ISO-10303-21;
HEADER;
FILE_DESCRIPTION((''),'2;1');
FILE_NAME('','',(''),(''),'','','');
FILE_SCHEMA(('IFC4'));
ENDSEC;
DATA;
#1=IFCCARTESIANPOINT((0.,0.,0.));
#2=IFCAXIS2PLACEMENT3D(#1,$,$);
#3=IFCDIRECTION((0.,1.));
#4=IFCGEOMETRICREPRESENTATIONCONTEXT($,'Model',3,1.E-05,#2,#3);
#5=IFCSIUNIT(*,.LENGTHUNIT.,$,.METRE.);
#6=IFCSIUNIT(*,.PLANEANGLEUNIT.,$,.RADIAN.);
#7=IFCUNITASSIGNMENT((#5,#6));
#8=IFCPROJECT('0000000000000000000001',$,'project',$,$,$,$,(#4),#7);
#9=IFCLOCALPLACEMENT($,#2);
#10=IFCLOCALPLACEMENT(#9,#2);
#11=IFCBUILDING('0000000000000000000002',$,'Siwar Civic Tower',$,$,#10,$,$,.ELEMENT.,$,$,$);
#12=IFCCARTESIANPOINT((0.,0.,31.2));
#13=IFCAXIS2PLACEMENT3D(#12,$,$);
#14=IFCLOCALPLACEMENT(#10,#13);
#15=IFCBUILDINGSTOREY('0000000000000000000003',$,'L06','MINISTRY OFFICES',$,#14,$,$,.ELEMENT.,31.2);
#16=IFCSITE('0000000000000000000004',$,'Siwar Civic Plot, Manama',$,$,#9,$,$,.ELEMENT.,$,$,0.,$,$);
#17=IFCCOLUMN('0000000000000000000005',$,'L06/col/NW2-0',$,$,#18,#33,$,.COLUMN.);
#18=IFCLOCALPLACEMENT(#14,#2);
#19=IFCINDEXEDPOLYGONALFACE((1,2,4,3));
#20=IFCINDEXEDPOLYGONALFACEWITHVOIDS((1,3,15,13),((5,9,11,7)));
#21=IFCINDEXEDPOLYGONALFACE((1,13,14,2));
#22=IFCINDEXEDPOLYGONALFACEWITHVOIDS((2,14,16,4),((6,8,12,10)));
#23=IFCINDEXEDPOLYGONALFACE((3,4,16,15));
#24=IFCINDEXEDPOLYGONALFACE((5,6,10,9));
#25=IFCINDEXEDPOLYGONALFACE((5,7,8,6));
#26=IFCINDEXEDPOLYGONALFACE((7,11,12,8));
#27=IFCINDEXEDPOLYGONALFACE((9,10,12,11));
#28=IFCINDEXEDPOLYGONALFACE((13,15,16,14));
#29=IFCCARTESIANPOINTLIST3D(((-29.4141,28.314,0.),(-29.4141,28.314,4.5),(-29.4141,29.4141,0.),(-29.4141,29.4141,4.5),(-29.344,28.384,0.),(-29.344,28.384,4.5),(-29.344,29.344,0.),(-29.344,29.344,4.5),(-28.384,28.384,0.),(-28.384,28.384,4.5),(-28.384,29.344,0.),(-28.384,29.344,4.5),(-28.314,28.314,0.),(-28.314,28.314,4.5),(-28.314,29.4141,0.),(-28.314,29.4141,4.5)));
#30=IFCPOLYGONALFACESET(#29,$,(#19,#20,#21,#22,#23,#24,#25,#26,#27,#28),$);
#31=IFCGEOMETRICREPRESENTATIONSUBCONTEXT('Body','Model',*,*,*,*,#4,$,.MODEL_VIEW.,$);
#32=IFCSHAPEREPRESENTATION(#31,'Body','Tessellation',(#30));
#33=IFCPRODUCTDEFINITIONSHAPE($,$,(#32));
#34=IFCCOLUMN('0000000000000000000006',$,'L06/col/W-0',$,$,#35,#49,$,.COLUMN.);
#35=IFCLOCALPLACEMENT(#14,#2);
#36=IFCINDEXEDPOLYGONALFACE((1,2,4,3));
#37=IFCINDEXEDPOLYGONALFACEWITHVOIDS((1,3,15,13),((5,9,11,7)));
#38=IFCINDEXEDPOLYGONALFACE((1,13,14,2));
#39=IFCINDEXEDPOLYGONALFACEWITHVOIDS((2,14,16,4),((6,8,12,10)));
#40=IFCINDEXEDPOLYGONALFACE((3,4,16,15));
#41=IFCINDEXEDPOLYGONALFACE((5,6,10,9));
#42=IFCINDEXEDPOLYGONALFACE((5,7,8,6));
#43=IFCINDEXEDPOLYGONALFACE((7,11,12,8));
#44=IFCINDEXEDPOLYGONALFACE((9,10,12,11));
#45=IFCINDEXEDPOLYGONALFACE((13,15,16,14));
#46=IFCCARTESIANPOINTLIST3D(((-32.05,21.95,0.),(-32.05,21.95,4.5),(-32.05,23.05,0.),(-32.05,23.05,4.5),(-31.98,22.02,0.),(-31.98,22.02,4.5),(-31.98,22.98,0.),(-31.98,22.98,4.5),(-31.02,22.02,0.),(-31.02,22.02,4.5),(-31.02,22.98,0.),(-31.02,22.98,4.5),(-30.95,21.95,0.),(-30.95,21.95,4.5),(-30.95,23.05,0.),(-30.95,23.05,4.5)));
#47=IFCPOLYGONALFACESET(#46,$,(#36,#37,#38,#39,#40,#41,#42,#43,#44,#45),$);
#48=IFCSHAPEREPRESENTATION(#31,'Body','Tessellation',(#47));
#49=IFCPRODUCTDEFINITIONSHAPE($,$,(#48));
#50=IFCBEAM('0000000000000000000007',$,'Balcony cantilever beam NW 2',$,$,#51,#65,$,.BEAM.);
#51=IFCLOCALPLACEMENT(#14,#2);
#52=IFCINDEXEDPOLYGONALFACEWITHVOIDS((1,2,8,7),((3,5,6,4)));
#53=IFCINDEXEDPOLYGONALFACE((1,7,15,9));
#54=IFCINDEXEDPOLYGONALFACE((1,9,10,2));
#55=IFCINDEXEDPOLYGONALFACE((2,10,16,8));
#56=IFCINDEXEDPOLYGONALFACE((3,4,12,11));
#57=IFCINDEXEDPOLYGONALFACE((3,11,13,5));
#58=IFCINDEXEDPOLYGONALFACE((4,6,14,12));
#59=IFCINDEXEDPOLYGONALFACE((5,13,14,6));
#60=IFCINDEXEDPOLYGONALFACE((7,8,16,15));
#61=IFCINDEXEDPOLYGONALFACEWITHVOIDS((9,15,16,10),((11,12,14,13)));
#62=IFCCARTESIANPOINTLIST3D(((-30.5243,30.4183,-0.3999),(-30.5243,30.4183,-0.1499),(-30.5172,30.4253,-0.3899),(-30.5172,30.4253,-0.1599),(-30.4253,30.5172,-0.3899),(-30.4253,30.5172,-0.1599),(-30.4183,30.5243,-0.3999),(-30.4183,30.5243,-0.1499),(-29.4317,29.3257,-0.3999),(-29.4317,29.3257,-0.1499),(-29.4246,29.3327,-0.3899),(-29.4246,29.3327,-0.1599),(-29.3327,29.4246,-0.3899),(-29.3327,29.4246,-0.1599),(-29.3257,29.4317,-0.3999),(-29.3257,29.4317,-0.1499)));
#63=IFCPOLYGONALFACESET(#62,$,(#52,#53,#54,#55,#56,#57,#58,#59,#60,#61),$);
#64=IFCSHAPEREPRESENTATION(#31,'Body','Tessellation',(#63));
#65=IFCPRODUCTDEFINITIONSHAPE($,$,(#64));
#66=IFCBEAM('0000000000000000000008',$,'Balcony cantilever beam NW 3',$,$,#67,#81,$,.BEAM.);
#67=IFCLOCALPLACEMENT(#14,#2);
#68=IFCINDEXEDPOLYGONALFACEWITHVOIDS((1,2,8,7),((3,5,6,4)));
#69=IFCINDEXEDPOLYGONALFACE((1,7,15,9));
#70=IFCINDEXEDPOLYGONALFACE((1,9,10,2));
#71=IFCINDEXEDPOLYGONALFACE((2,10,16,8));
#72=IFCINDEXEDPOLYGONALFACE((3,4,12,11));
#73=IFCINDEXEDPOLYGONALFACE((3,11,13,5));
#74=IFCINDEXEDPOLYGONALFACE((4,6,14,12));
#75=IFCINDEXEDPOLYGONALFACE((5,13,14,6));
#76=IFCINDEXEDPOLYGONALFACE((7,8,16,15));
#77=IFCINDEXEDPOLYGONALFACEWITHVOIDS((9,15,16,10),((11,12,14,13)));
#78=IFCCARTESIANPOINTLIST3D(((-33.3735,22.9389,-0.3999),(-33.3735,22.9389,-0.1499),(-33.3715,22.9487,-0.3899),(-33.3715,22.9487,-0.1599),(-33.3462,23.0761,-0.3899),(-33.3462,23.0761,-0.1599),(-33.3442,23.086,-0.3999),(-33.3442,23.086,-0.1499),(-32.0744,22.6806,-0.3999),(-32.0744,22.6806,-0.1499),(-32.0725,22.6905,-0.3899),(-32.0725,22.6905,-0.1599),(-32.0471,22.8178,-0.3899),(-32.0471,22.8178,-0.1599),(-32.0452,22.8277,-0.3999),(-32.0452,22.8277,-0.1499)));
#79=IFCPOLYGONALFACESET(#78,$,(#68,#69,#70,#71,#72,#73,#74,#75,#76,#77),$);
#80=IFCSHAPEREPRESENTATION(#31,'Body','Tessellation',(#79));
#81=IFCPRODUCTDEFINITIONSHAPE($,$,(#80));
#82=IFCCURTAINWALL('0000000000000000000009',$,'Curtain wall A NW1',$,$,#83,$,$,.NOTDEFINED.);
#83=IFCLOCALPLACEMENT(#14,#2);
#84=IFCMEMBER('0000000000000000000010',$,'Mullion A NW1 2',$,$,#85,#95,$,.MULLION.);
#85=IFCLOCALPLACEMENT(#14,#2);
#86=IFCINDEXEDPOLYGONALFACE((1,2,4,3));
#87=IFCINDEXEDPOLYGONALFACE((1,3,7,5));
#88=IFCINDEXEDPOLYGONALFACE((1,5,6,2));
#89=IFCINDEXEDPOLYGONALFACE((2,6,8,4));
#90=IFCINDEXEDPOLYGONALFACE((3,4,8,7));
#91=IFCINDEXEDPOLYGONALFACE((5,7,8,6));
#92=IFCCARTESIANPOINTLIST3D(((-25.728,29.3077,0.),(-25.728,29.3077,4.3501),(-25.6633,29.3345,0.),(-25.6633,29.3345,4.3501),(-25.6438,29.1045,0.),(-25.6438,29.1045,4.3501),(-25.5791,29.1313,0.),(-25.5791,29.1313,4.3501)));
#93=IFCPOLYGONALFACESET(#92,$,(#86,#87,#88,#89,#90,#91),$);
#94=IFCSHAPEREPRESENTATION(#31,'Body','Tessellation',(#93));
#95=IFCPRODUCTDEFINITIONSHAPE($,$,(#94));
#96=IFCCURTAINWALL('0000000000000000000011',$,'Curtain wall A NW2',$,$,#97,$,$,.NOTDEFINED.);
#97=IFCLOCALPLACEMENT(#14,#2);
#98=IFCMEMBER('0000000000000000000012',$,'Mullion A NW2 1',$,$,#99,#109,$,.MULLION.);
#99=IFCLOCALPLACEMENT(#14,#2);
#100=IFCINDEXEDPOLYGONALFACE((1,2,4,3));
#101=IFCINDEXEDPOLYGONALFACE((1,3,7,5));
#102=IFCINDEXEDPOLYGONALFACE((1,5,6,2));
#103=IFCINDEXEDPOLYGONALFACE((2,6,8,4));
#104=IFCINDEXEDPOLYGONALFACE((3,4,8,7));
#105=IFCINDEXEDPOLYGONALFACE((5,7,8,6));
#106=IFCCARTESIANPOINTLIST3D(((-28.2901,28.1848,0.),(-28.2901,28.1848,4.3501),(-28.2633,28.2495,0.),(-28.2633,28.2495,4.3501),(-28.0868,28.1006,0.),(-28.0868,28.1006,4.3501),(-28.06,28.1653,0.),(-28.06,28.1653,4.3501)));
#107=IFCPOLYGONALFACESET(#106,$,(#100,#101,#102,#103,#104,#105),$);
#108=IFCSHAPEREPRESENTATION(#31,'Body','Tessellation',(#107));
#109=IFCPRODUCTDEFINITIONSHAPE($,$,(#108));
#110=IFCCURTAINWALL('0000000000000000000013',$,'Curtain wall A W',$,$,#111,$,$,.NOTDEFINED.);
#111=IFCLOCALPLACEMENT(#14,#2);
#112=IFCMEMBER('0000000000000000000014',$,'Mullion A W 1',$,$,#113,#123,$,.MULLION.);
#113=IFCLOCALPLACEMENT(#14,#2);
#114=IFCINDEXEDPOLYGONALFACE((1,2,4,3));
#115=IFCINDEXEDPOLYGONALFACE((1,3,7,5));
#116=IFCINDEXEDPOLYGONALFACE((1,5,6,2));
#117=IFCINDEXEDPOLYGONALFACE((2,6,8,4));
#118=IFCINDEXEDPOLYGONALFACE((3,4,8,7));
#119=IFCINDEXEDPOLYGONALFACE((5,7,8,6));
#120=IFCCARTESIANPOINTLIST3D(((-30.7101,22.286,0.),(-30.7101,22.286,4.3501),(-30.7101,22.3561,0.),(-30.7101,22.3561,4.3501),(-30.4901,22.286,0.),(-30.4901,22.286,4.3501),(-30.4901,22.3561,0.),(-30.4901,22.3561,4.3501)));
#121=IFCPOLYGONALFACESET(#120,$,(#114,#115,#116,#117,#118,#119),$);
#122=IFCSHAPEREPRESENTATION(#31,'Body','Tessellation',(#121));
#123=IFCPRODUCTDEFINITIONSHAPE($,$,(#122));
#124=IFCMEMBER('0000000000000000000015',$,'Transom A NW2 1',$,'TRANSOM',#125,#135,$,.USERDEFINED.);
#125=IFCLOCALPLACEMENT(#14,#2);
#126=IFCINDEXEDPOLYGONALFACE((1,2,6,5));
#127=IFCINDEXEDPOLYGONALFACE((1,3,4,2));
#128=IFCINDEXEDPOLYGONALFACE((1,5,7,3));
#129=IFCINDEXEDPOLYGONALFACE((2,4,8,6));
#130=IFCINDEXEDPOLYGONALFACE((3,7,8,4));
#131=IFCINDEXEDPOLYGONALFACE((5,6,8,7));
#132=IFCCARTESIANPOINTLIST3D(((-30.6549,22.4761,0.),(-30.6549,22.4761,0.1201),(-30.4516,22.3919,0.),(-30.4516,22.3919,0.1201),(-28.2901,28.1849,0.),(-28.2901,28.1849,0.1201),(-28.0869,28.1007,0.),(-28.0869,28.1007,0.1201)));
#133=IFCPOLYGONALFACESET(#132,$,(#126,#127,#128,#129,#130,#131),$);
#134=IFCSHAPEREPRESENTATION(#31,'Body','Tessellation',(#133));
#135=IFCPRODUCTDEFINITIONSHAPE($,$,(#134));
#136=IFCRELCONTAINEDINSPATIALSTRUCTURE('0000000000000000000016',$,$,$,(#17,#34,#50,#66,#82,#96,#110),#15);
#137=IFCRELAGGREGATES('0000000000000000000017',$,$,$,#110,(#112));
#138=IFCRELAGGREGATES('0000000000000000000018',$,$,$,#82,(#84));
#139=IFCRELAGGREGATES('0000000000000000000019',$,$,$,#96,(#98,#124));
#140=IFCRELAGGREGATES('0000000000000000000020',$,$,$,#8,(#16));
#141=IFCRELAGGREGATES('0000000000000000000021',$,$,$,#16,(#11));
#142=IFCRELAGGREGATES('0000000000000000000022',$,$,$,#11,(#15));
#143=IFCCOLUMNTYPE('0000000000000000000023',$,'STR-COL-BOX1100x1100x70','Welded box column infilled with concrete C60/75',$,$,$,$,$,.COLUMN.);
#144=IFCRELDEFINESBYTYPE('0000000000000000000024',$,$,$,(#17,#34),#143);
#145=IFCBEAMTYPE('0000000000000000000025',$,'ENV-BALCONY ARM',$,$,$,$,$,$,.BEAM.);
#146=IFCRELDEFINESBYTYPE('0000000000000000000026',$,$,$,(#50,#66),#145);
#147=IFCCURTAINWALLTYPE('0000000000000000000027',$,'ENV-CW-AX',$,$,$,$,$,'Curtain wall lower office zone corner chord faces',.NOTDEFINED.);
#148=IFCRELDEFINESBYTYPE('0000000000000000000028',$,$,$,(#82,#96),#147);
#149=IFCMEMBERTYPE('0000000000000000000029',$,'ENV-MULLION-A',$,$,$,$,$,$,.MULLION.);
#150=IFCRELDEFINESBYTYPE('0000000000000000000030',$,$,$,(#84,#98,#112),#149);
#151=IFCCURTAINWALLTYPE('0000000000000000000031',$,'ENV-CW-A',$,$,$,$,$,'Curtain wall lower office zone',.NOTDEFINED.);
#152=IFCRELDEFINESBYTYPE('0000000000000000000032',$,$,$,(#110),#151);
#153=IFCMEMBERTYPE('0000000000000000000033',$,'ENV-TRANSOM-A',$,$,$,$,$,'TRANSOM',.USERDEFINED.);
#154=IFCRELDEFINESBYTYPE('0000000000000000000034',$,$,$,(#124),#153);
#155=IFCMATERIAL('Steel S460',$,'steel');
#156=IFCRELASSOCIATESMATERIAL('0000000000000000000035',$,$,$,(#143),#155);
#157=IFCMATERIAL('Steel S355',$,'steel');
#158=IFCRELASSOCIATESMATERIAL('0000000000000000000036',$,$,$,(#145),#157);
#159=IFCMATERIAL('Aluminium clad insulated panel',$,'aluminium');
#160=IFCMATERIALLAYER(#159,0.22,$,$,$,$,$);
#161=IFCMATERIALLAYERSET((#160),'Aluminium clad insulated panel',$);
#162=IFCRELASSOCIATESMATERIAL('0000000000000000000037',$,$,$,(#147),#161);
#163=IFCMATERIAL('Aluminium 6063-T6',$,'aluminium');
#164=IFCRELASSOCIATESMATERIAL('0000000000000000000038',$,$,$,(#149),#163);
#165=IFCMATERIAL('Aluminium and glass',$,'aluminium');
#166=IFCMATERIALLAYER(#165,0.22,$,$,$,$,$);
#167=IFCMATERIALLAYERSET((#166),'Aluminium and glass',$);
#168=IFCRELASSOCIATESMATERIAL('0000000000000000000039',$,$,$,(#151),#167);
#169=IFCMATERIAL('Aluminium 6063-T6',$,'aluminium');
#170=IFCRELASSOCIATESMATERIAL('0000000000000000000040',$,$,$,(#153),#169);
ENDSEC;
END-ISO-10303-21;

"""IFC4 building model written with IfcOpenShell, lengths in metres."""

from ifc_helpers import new_model, si_unit, direction, frame, origin, origin_2d, place, context, subcontext, project, spatial, rectangle, hollow_rectangle, extrude, material, layer, layer_set, material_profile, profile_set, type_object, element, aggregate, save


model = new_model("IFC4")

# Units and contexts
model_context = context("Model", 3, precision=1e-05, world=origin(), true_north=direction((0.0, 1.0)))
body_context = subcontext(model_context, "Body", "Model", "MODEL_VIEW")
ifc_project = project(units=[si_unit("LENGTHUNIT", "METRE"), si_unit("PLANEANGLEUNIT", "RADIAN")], contexts=[model_context])

# Site, building, storey
site_placement = place(None, origin())
site = spatial("IfcSite", under=ifc_project, at=site_placement, Name="Siwar Civic Plot, Manama", CompositionType="ELEMENT", RefElevation=0.0)
building_placement = place(site_placement, origin())
building = spatial("IfcBuilding", under=site, at=building_placement, Name="Siwar Civic Tower", CompositionType="ELEMENT")
storey_placement = place(building_placement, frame((0.0, 0.0, 31.2)))
storey = spatial("IfcBuildingStorey", under=building, at=storey_placement, Name="L06", Description="MINISTRY OFFICES", CompositionType="ELEMENT", Elevation=31.2)

# Columns
ifc_material_1 = material(Name="Steel S460", Category="steel")
ifc_material_profile_1 = material_profile(ifc_material_1, hollow_rectangle(XDim=1.1001, YDim=1.1001, WallThickness=0.0701, at=origin_2d()), Name="BOX1100x1100x70")
ifc_profile_set_1 = profile_set([ifc_material_profile_1], Name="Steel S460")
column_type = type_object("IfcColumnType", Name="STR-COL-BOX1100x1100x70", Description="Welded box column infilled with concrete C60/75", PredefinedType="COLUMN", material=ifc_profile_set_1)
for number, where, z_axis, x_axis, name in (
    (1, (-28.864, 28.864, 0.0), (0.0, 0.0, 1.0), (1.0, 0.0, 0.0), "L06/col/NW2-0"),
    (2, (-31.5, 22.5, 0.0), (0.0, 0.0, 1.0), (1.0, 0.0, 0.0), "L06/col/W-0"),
):
    element("IfcColumn", number, at=place(storey_placement, frame(where, z_axis=z_axis, x_axis=x_axis)), inside=storey, type_object=column_type, Name=name, PredefinedType="COLUMN", context=body_context, shape_type="SweptSolid", body=[
        extrude(hollow_rectangle(XDim=1.1001, YDim=1.1001, WallThickness=0.0701, at=origin_2d()), origin(), (0.0, 0.0, 1.0), 4.5),
    ])

# Beams
ifc_material_2 = material(Name="Steel S355", Category="steel")
ifc_material_profile_2 = material_profile(ifc_material_2, hollow_rectangle(XDim=0.1499, YDim=0.25, WallThickness=0.01, at=origin_2d()), Name="RHS250x150x10")
ifc_profile_set_2 = profile_set([ifc_material_profile_2], Name="Steel S355")
beam_type_1 = type_object("IfcBeamType", Name="ENV-BALCONY ARM", PredefinedType="BEAM", material=ifc_profile_set_2)
beam_1_placement = place(storey_placement, frame((-29.3787, 29.3787, -0.2749), z_axis=(-0.707107, 0.707107, 0.0), x_axis=(-0.707107, -0.707107, 0.0)))
element("IfcBeam", 3, at=beam_1_placement, inside=storey, type_object=beam_type_1, Name="Balcony cantilever beam NW 2", PredefinedType="BEAM", context=body_context, shape_type="SweptSolid", body=[
    extrude(hollow_rectangle(XDim=0.1499, YDim=0.25, WallThickness=0.01, at=origin_2d()), origin(), (0.0, 0.0, 1.0), 1.5452),
])
beam_2_placement = place(storey_placement, frame((-32.0598, 22.7542, -0.2749), z_axis=(-0.9808, 0.195017, 0.0), x_axis=(-0.195017, -0.9808, 0.0)))
element("IfcBeam", 4, at=beam_2_placement, inside=storey, type_object=beam_type_1, Name="Balcony cantilever beam NW 3", PredefinedType="BEAM", context=body_context, shape_type="SweptSolid", body=[
    extrude(hollow_rectangle(XDim=0.1499, YDim=0.25, WallThickness=0.01, at=origin_2d()), origin(), (0.0, 0.0, 1.0), 1.3245),
])

# Curtain walls, members
ifc_material_3 = material(Name="Aluminium clad insulated panel", Category="aluminium")
ifc_layer_1 = layer(ifc_material_3, 0.22)
ifc_layer_set_1 = layer_set([ifc_layer_1], Name="Aluminium clad insulated panel")
curtain_wall_type_1 = type_object("IfcCurtainWallType", Name="ENV-CW-AX", ElementType="Curtain wall lower office zone corner chord faces", PredefinedType="NOTDEFINED", material=ifc_layer_set_1)
curtain_wall_1_placement = place(storey_placement, origin())
curtain_wall_1 = element("IfcCurtainWall", 5, at=curtain_wall_1_placement, inside=storey, type_object=curtain_wall_type_1, Name="Curtain wall A NW1", PredefinedType="NOTDEFINED")
ifc_material_4 = material(Name="Aluminium 6063-T6", Category="aluminium")
ifc_material_profile_3 = material_profile(ifc_material_4, rectangle(XDim=0.22, YDim=0.0701, at=origin_2d()), Name="AL 220x70")
ifc_profile_set_3 = profile_set([ifc_material_profile_3], Name="Aluminium 6063-T6")
member_type_1 = type_object("IfcMemberType", Name="ENV-MULLION-A", PredefinedType="MULLION", material=ifc_profile_set_3)
member_1_placement = place(storey_placement, frame((-25.6536, 29.2195, 0.0), z_axis=(0.0, 0.0, 1.0), x_axis=(0.382683, -0.92388, 0.0)))
member_1 = element("IfcMember", 6, at=member_1_placement, type_object=member_type_1, Name="Mullion A NW1 2", PredefinedType="MULLION", context=body_context, shape_type="SweptSolid", body=[
    extrude(rectangle(XDim=0.22, YDim=0.0701, at=origin_2d()), origin(), (0.0, 0.0, 1.0), 4.3501),
])
curtain_wall_2_placement = place(storey_placement, origin())
curtain_wall_2 = element("IfcCurtainWall", 7, at=curtain_wall_2_placement, inside=storey, type_object=curtain_wall_type_1, Name="Curtain wall A NW2", PredefinedType="NOTDEFINED")
member_2_placement = place(storey_placement, frame((-28.175, 28.175, 0.0), z_axis=(0.0, 0.0, 1.0), x_axis=(0.92388, -0.382683, 0.0)))
member_2 = element("IfcMember", 8, at=member_2_placement, type_object=member_type_1, Name="Mullion A NW2 1", PredefinedType="MULLION", context=body_context, shape_type="SweptSolid", body=[
    extrude(rectangle(XDim=0.22, YDim=0.0701, at=origin_2d()), origin(), (0.0, 0.0, 1.0), 4.3501),
])
ifc_material_5 = material(Name="Aluminium and glass", Category="aluminium")
ifc_layer_2 = layer(ifc_material_5, 0.22)
ifc_layer_set_2 = layer_set([ifc_layer_2], Name="Aluminium and glass")
curtain_wall_type_2 = type_object("IfcCurtainWallType", Name="ENV-CW-A", ElementType="Curtain wall lower office zone", PredefinedType="NOTDEFINED", material=ifc_layer_set_2)
curtain_wall_3_placement = place(storey_placement, origin())
curtain_wall_3 = element("IfcCurtainWall", 9, at=curtain_wall_3_placement, inside=storey, type_object=curtain_wall_type_2, Name="Curtain wall A W", PredefinedType="NOTDEFINED")
member_3_placement = place(storey_placement, frame((-30.6001, 22.321, 0.0), z_axis=(0.0, 0.0, 1.0), x_axis=(1.0, 0.0, 0.0)))
member_3 = element("IfcMember", 10, at=member_3_placement, type_object=member_type_1, Name="Mullion A W 1", PredefinedType="MULLION", context=body_context, shape_type="SweptSolid", body=[
    extrude(rectangle(XDim=0.22, YDim=0.0701, at=origin_2d()), origin(), (0.0, 0.0, 1.0), 4.3501),
])
aggregate(curtain_wall_3, [member_3])

# Member
ifc_material_6 = material(Name="Aluminium 6063-T6", Category="aluminium")
ifc_material_profile_4 = material_profile(ifc_material_6, rectangle(XDim=0.22, YDim=0.1201, at=origin_2d()), Name="AL 220x120")
ifc_profile_set_4 = profile_set([ifc_material_profile_4], Name="Aluminium 6063-T6")
member_type_2 = type_object("IfcMemberType", Name="ENV-TRANSOM-A", ElementType="TRANSOM", PredefinedType="USERDEFINED", material=ifc_profile_set_4)
member_4_placement = place(storey_placement, frame((-28.1885, 28.1428, 0.0601), z_axis=(-0.382698, -0.923873, 0.0), x_axis=(0.923873, -0.382698, 0.0)))
member_4 = element("IfcMember", 11, at=member_4_placement, type_object=member_type_2, Name="Transom A NW2 1", ObjectType="TRANSOM", PredefinedType="USERDEFINED", context=body_context, shape_type="SweptSolid", body=[
    extrude(rectangle(XDim=0.22, YDim=0.1201, at=origin_2d()), origin(), (0.0, 0.0, 1.0), 6.1792),
])

aggregate(curtain_wall_1, [member_1])
aggregate(curtain_wall_2, [member_2, member_4])

save(model, "model.ifc")
